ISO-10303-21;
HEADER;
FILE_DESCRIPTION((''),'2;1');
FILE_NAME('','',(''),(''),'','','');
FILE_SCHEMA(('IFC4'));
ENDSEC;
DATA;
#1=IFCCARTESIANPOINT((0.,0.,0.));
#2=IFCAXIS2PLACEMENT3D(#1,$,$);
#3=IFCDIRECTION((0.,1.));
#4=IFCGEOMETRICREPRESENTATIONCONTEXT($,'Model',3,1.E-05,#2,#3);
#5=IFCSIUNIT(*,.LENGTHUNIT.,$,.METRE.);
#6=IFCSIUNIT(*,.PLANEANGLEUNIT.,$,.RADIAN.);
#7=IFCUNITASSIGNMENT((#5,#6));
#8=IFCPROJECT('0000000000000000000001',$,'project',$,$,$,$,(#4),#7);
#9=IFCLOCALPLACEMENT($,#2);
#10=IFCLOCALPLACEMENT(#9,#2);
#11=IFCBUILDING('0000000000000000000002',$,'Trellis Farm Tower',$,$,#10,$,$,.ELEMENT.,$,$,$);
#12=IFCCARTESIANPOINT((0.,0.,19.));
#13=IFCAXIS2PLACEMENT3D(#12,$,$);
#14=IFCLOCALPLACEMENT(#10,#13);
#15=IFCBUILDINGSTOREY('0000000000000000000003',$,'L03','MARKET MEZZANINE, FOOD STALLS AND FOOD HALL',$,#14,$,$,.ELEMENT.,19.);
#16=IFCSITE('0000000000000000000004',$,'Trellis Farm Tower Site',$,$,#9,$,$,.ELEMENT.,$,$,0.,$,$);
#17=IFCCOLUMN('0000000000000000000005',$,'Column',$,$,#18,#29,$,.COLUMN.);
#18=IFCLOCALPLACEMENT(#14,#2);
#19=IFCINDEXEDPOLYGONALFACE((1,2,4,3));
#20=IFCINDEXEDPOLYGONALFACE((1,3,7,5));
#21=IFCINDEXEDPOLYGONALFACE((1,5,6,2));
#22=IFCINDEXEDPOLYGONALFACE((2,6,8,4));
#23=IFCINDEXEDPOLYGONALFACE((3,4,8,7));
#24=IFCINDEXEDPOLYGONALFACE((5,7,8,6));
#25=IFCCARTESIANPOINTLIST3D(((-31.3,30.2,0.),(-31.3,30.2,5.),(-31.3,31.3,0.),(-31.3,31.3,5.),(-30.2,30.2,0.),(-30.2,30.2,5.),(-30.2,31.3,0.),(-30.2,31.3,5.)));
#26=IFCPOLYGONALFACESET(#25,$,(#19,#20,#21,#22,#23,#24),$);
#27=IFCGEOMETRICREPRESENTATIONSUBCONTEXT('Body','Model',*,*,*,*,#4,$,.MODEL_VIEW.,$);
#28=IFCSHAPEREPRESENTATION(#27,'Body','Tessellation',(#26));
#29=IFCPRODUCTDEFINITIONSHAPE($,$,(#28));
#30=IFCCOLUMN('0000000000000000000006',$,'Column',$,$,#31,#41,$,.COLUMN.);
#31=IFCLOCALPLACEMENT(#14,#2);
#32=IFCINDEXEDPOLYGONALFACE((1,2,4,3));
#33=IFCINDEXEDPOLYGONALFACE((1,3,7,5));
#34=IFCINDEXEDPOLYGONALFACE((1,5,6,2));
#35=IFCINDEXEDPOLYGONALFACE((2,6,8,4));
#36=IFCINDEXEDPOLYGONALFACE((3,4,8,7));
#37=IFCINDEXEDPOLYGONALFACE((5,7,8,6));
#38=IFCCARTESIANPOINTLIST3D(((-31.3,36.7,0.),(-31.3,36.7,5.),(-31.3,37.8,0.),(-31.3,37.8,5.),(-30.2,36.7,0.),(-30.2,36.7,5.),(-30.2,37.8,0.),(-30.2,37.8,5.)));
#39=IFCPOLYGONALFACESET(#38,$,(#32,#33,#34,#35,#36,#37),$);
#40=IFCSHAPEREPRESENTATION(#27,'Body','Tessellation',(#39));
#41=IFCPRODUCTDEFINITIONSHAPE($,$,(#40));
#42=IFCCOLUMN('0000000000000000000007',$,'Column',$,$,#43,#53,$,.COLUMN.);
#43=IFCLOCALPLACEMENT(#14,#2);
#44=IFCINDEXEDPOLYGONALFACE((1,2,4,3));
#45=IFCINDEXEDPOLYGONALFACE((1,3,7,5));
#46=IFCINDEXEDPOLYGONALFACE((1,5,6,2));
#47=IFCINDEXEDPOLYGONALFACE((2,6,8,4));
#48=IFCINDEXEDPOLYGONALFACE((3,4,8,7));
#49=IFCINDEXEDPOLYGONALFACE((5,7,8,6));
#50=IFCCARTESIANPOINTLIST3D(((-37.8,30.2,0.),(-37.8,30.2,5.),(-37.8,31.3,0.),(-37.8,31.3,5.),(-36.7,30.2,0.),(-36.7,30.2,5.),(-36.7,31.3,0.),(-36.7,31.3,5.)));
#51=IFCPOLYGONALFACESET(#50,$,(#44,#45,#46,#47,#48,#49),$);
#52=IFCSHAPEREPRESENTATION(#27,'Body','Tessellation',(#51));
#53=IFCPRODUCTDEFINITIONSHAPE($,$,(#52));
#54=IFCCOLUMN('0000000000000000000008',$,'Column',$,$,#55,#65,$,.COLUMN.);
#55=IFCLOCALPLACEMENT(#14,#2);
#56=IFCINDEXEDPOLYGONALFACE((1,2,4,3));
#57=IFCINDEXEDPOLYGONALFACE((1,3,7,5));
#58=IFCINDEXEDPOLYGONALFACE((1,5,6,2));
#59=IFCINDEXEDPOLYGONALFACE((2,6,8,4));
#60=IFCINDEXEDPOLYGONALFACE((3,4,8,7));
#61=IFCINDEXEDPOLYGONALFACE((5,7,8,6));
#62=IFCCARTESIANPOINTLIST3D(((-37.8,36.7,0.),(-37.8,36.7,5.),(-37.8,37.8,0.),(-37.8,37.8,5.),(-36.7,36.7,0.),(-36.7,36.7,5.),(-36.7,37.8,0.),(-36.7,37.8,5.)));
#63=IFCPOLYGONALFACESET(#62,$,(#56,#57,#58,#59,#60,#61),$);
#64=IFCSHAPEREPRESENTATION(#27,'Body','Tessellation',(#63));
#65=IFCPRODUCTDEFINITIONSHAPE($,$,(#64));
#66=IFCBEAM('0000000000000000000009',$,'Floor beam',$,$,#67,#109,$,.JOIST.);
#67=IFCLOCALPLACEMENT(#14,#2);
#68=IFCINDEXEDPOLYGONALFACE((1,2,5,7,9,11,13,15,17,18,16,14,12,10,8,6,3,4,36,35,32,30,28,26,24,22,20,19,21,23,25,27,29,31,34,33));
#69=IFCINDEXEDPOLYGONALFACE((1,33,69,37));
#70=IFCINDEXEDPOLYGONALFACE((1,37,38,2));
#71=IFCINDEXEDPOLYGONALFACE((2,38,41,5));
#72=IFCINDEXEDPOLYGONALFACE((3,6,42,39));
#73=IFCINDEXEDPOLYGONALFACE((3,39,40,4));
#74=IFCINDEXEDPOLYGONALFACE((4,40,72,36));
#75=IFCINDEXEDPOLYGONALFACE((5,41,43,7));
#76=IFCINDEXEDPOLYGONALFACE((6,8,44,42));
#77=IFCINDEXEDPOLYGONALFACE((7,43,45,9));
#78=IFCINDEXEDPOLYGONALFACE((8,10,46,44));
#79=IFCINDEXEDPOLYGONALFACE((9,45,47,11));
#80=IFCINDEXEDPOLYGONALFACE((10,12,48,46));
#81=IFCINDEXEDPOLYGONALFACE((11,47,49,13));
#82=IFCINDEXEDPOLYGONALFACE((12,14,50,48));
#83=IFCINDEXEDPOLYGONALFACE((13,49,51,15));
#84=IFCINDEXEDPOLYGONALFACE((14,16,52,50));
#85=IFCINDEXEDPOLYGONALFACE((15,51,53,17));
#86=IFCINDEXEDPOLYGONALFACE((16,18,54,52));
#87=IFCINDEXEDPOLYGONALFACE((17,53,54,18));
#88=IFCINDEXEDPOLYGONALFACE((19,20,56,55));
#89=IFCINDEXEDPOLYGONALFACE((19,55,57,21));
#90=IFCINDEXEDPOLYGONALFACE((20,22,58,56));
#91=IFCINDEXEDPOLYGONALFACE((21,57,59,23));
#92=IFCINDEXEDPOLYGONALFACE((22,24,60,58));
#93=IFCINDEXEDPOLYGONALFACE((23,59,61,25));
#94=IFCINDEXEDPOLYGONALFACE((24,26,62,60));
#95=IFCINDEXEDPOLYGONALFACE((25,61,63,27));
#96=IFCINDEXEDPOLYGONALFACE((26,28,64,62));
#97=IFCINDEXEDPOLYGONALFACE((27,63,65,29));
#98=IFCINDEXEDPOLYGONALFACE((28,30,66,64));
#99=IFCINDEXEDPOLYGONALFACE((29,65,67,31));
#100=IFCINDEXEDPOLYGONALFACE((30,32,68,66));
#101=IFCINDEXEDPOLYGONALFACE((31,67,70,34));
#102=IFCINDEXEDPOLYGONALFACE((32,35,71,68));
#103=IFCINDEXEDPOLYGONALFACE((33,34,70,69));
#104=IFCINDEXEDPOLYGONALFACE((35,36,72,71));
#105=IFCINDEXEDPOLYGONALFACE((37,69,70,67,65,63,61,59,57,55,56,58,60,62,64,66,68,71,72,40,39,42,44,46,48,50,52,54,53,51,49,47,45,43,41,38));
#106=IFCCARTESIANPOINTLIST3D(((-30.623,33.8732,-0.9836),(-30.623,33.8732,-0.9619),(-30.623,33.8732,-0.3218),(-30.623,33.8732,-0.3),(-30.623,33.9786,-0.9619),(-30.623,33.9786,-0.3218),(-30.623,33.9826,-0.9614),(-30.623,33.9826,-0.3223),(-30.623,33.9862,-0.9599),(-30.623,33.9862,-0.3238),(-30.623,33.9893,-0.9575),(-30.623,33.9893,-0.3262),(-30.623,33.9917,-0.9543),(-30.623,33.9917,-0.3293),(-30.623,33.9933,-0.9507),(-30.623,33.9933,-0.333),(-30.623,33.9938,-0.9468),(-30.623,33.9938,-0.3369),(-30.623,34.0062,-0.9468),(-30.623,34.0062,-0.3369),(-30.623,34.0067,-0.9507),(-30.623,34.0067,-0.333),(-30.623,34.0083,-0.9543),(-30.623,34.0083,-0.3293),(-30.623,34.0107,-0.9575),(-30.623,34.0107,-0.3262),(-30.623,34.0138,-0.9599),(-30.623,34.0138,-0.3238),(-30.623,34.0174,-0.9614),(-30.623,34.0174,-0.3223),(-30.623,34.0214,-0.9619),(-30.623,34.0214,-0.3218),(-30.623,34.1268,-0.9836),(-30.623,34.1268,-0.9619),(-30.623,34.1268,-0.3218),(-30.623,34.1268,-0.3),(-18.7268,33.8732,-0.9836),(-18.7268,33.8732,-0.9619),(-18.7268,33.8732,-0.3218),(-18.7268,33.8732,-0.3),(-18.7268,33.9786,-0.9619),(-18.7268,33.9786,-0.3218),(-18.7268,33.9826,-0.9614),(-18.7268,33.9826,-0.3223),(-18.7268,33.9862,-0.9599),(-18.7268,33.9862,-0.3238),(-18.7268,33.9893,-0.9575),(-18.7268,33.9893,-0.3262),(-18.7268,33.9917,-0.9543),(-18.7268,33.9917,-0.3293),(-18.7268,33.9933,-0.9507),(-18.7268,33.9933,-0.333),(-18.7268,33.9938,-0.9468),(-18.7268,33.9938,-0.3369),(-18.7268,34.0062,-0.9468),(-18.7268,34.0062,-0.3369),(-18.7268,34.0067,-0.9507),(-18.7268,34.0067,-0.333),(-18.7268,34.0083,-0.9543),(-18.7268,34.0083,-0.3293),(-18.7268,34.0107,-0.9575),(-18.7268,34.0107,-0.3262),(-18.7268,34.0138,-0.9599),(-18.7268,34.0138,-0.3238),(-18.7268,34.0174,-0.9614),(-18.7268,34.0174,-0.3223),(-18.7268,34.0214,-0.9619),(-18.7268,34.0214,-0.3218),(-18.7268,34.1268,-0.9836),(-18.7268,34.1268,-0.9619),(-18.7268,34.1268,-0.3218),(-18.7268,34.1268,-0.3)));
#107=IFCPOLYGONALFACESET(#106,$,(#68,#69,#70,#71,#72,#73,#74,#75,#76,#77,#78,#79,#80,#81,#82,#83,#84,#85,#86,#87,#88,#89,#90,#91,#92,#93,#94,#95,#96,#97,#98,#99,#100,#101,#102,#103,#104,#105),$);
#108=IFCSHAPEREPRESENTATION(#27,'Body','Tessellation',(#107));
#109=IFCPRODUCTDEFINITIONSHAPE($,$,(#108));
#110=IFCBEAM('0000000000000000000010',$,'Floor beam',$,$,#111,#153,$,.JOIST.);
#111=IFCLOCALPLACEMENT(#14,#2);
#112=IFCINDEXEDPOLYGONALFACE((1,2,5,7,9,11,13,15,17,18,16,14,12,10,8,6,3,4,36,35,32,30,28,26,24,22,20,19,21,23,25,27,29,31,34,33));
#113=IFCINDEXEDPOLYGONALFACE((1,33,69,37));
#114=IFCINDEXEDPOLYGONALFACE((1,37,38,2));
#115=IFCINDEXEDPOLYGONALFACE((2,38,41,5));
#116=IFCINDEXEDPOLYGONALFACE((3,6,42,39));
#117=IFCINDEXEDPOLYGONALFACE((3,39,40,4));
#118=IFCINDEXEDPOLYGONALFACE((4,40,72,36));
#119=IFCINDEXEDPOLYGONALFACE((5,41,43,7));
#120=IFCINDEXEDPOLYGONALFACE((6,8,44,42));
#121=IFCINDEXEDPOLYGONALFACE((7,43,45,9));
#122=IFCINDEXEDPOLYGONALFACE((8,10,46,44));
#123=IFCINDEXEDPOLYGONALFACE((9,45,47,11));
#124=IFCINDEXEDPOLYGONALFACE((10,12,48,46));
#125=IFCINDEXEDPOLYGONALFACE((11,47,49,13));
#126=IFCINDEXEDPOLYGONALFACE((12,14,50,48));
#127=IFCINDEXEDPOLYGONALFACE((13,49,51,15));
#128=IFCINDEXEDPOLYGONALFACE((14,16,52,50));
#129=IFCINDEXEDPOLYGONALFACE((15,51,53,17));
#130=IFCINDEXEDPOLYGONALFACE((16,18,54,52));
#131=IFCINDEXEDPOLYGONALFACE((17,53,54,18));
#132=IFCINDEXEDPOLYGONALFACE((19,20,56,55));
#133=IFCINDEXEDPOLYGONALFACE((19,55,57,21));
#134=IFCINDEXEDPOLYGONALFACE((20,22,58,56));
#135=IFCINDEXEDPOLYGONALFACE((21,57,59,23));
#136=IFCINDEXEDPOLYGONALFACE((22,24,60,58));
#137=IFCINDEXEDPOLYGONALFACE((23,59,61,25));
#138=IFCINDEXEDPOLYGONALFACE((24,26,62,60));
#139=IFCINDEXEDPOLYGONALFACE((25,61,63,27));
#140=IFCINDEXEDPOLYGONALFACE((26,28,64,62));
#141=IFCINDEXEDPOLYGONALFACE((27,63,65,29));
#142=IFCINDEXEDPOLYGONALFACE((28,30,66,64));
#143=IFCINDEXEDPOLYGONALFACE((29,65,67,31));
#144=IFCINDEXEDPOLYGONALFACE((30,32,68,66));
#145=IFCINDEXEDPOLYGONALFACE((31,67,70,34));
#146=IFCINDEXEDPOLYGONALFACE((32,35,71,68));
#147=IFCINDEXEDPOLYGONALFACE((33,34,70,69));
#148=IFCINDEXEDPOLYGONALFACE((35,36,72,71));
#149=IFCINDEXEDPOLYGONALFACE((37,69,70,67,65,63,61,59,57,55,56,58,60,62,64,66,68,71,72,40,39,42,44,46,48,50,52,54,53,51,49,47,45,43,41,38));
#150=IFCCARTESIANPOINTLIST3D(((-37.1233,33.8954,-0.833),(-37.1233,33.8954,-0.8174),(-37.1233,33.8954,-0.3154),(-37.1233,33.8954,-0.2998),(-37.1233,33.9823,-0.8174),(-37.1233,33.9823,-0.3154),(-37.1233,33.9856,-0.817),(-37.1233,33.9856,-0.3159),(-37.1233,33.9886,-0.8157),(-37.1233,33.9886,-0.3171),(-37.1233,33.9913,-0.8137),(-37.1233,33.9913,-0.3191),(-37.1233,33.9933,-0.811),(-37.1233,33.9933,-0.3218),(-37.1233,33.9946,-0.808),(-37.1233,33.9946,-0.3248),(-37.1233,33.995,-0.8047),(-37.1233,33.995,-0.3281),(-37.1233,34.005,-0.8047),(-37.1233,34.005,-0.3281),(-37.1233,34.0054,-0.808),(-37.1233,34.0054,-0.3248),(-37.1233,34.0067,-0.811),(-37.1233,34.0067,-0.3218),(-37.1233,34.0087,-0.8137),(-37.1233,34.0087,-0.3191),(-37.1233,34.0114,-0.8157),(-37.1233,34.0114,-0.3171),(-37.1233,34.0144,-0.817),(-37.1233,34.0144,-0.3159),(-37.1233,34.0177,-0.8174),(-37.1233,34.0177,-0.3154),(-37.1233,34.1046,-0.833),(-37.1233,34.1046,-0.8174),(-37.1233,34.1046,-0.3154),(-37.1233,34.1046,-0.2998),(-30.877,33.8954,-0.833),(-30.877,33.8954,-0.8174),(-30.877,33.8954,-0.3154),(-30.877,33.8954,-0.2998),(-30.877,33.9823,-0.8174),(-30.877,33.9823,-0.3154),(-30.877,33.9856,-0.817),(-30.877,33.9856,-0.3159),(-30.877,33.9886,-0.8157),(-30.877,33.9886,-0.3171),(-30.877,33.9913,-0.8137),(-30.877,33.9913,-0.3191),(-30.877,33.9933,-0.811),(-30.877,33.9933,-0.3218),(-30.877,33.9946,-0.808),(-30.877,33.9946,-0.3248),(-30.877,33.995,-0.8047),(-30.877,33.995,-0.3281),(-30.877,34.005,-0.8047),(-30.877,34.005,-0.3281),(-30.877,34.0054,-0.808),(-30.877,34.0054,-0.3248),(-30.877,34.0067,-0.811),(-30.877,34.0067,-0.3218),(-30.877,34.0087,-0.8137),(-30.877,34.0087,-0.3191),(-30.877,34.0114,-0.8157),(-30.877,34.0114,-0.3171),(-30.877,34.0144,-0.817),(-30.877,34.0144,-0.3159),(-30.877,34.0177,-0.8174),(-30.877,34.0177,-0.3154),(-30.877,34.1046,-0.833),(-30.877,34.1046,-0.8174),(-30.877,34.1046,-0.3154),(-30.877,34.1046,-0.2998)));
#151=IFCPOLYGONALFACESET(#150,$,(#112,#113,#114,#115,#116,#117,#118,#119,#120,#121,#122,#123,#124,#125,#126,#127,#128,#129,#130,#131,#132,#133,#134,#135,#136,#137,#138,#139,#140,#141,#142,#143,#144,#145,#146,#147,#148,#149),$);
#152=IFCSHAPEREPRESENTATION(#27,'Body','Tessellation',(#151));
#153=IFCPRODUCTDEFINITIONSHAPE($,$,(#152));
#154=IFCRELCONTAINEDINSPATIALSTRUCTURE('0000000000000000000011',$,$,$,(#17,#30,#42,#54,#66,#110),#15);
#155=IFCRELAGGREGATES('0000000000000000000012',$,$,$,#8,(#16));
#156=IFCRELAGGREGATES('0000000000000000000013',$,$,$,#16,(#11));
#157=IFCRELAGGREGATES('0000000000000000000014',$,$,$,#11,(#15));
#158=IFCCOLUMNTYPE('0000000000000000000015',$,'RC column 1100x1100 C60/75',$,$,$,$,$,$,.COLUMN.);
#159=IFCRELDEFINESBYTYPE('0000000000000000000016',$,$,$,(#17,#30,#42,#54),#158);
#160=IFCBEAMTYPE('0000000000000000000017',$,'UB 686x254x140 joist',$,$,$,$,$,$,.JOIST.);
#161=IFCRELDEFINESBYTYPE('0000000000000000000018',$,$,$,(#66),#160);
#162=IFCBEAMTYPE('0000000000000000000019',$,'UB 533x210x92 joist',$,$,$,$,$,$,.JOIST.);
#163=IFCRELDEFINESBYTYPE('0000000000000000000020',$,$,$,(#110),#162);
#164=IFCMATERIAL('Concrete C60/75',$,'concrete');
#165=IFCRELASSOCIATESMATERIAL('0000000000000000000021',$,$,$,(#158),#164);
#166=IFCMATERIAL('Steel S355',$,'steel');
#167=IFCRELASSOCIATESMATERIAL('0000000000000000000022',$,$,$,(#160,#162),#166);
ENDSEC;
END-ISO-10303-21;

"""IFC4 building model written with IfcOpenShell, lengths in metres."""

from ifc_helpers import new_model, si_unit, direction, frame, origin, origin_2d, place, context, subcontext, project, spatial, rectangle, i_section, extrude, source, transform, mapped, material, material_profile, profile_set, type_object, element, save


model = new_model("IFC4")

# Units and contexts
model_context = context("Model", 3, precision=1e-05, world=origin(), true_north=direction((0.0, 1.0)))
body_context = subcontext(model_context, "Body", "Model", "MODEL_VIEW")
ifc_project = project(units=[si_unit("LENGTHUNIT", "METRE"), si_unit("PLANEANGLEUNIT", "RADIAN")], contexts=[model_context])

# Site, building, storey
site_placement = place(None, origin())
site = spatial("IfcSite", under=ifc_project, at=site_placement, Name="Trellis Farm Tower Site", CompositionType="ELEMENT", RefElevation=0.0)
building_placement = place(site_placement, origin())
building = spatial("IfcBuilding", under=site, at=building_placement, Name="Trellis Farm Tower", CompositionType="ELEMENT")
storey_placement = place(building_placement, frame((0.0, 0.0, 19.0)))
storey = spatial("IfcBuildingStorey", under=building, at=storey_placement, Name="L03", Description="MARKET MEZZANINE, FOOD STALLS AND FOOD HALL", CompositionType="ELEMENT", Elevation=19.0)

# Columns
ifc_material_1 = material(Name="Concrete C60/75", Category="concrete")
ifc_material_profile_1 = material_profile(ifc_material_1, rectangle(XDim=1.1001, YDim=1.1001, at=origin_2d()), Name="RC column 1100x1100 C60/75")
ifc_profile_set_1 = profile_set([ifc_material_profile_1], Name="Concrete C60/75")
column_type = type_object("IfcColumnType", Name="RC column 1100x1100 C60/75", PredefinedType="COLUMN", material=ifc_profile_set_1)
shared_shape_1 = source(origin(), body_context, "Body", "SweptSolid", [
    extrude(rectangle(XDim=1.1001, YDim=1.1001, at=origin_2d()), origin(), (0.0, 0.0, 1.0), 5.0),
])
for number, where, z_axis, x_axis, name in (
    (1, (-30.75, 30.75, 0.0), (0.0, 0.0, 1.0), (1.0, 0.0, 0.0), "Column"),
    (2, (-30.75, 37.25, 0.0), (0.0, 0.0, 1.0), (1.0, 0.0, 0.0), "Column"),
    (3, (-37.25, 30.75, 0.0), (0.0, 0.0, 1.0), (1.0, 0.0, 0.0), "Column"),
    (4, (-37.25, 37.25, 0.0), (0.0, 0.0, 1.0), (1.0, 0.0, 0.0), "Column"),
):
    element("IfcColumn", number, at=place(storey_placement, frame(where, z_axis=z_axis, x_axis=x_axis)), inside=storey, type_object=column_type, Name=name, PredefinedType="COLUMN", context=body_context, shape_type="MappedRepresentation", body=[
        mapped(shared_shape_1, transform((0.0, 0.0, 0.0))),
    ])

# Beams
ifc_material_2 = material(Name="Steel S355", Category="steel")
ifc_material_profile_2 = material_profile(ifc_material_2, i_section(OverallWidth=0.2537, OverallDepth=0.6836, WebThickness=0.0125, FlangeThickness=0.0217, FilletRadius=0.0151, at=origin_2d()), Name="UB 686x254x140")
ifc_profile_set_2 = profile_set([ifc_material_profile_2], Name="Steel S355")
beam_type_1 = type_object("IfcBeamType", Name="UB 686x254x140 joist", PredefinedType="JOIST", material=ifc_profile_set_2)
shared_shape_2 = source(origin(), body_context, "Body", "SweptSolid", [
    extrude(i_section(OverallWidth=0.2537, OverallDepth=0.6836, WebThickness=0.0125, FlangeThickness=0.0217, FilletRadius=0.0151, at=origin_2d()), origin(), (0.0, 0.0, 1.0), 11.8962),
])
beam_1_placement = place(storey_placement, frame((-30.623, 34.0, -0.6418), z_axis=(1.0, 0.0, 0.0), x_axis=(0.0, 1.0, 0.0)))
element("IfcBeam", 5, at=beam_1_placement, inside=storey, type_object=beam_type_1, Name="Floor beam", PredefinedType="JOIST", context=body_context, shape_type="MappedRepresentation", body=[
    mapped(shared_shape_2, transform((0.0, 0.0, 0.0))),
])
ifc_material_profile_3 = material_profile(ifc_material_2, i_section(OverallWidth=0.2092, OverallDepth=0.5332, WebThickness=0.01, FlangeThickness=0.0156, FilletRadius=0.0127, at=origin_2d()), Name="UB 533x210x92")
ifc_profile_set_3 = profile_set([ifc_material_profile_3], Name="Steel S355")
beam_type_2 = type_object("IfcBeamType", Name="UB 533x210x92 joist", PredefinedType="JOIST", material=ifc_profile_set_3)
shared_shape_3 = source(origin(), body_context, "Body", "SweptSolid", [
    extrude(i_section(OverallWidth=0.2092, OverallDepth=0.5332, WebThickness=0.01, FlangeThickness=0.0156, FilletRadius=0.0127, at=origin_2d()), origin(), (0.0, 0.0, 1.0), 6.2463),
])
beam_2_placement = place(storey_placement, frame((-37.1233, 34.0, -0.5664), z_axis=(1.0, 0.0, 0.0), x_axis=(0.0, 1.0, 0.0)))
element("IfcBeam", 6, at=beam_2_placement, inside=storey, type_object=beam_type_2, Name="Floor beam", PredefinedType="JOIST", context=body_context, shape_type="MappedRepresentation", body=[
    mapped(shared_shape_3, transform((0.0, 0.0, 0.0))),
])

save(model, "model.ifc")
